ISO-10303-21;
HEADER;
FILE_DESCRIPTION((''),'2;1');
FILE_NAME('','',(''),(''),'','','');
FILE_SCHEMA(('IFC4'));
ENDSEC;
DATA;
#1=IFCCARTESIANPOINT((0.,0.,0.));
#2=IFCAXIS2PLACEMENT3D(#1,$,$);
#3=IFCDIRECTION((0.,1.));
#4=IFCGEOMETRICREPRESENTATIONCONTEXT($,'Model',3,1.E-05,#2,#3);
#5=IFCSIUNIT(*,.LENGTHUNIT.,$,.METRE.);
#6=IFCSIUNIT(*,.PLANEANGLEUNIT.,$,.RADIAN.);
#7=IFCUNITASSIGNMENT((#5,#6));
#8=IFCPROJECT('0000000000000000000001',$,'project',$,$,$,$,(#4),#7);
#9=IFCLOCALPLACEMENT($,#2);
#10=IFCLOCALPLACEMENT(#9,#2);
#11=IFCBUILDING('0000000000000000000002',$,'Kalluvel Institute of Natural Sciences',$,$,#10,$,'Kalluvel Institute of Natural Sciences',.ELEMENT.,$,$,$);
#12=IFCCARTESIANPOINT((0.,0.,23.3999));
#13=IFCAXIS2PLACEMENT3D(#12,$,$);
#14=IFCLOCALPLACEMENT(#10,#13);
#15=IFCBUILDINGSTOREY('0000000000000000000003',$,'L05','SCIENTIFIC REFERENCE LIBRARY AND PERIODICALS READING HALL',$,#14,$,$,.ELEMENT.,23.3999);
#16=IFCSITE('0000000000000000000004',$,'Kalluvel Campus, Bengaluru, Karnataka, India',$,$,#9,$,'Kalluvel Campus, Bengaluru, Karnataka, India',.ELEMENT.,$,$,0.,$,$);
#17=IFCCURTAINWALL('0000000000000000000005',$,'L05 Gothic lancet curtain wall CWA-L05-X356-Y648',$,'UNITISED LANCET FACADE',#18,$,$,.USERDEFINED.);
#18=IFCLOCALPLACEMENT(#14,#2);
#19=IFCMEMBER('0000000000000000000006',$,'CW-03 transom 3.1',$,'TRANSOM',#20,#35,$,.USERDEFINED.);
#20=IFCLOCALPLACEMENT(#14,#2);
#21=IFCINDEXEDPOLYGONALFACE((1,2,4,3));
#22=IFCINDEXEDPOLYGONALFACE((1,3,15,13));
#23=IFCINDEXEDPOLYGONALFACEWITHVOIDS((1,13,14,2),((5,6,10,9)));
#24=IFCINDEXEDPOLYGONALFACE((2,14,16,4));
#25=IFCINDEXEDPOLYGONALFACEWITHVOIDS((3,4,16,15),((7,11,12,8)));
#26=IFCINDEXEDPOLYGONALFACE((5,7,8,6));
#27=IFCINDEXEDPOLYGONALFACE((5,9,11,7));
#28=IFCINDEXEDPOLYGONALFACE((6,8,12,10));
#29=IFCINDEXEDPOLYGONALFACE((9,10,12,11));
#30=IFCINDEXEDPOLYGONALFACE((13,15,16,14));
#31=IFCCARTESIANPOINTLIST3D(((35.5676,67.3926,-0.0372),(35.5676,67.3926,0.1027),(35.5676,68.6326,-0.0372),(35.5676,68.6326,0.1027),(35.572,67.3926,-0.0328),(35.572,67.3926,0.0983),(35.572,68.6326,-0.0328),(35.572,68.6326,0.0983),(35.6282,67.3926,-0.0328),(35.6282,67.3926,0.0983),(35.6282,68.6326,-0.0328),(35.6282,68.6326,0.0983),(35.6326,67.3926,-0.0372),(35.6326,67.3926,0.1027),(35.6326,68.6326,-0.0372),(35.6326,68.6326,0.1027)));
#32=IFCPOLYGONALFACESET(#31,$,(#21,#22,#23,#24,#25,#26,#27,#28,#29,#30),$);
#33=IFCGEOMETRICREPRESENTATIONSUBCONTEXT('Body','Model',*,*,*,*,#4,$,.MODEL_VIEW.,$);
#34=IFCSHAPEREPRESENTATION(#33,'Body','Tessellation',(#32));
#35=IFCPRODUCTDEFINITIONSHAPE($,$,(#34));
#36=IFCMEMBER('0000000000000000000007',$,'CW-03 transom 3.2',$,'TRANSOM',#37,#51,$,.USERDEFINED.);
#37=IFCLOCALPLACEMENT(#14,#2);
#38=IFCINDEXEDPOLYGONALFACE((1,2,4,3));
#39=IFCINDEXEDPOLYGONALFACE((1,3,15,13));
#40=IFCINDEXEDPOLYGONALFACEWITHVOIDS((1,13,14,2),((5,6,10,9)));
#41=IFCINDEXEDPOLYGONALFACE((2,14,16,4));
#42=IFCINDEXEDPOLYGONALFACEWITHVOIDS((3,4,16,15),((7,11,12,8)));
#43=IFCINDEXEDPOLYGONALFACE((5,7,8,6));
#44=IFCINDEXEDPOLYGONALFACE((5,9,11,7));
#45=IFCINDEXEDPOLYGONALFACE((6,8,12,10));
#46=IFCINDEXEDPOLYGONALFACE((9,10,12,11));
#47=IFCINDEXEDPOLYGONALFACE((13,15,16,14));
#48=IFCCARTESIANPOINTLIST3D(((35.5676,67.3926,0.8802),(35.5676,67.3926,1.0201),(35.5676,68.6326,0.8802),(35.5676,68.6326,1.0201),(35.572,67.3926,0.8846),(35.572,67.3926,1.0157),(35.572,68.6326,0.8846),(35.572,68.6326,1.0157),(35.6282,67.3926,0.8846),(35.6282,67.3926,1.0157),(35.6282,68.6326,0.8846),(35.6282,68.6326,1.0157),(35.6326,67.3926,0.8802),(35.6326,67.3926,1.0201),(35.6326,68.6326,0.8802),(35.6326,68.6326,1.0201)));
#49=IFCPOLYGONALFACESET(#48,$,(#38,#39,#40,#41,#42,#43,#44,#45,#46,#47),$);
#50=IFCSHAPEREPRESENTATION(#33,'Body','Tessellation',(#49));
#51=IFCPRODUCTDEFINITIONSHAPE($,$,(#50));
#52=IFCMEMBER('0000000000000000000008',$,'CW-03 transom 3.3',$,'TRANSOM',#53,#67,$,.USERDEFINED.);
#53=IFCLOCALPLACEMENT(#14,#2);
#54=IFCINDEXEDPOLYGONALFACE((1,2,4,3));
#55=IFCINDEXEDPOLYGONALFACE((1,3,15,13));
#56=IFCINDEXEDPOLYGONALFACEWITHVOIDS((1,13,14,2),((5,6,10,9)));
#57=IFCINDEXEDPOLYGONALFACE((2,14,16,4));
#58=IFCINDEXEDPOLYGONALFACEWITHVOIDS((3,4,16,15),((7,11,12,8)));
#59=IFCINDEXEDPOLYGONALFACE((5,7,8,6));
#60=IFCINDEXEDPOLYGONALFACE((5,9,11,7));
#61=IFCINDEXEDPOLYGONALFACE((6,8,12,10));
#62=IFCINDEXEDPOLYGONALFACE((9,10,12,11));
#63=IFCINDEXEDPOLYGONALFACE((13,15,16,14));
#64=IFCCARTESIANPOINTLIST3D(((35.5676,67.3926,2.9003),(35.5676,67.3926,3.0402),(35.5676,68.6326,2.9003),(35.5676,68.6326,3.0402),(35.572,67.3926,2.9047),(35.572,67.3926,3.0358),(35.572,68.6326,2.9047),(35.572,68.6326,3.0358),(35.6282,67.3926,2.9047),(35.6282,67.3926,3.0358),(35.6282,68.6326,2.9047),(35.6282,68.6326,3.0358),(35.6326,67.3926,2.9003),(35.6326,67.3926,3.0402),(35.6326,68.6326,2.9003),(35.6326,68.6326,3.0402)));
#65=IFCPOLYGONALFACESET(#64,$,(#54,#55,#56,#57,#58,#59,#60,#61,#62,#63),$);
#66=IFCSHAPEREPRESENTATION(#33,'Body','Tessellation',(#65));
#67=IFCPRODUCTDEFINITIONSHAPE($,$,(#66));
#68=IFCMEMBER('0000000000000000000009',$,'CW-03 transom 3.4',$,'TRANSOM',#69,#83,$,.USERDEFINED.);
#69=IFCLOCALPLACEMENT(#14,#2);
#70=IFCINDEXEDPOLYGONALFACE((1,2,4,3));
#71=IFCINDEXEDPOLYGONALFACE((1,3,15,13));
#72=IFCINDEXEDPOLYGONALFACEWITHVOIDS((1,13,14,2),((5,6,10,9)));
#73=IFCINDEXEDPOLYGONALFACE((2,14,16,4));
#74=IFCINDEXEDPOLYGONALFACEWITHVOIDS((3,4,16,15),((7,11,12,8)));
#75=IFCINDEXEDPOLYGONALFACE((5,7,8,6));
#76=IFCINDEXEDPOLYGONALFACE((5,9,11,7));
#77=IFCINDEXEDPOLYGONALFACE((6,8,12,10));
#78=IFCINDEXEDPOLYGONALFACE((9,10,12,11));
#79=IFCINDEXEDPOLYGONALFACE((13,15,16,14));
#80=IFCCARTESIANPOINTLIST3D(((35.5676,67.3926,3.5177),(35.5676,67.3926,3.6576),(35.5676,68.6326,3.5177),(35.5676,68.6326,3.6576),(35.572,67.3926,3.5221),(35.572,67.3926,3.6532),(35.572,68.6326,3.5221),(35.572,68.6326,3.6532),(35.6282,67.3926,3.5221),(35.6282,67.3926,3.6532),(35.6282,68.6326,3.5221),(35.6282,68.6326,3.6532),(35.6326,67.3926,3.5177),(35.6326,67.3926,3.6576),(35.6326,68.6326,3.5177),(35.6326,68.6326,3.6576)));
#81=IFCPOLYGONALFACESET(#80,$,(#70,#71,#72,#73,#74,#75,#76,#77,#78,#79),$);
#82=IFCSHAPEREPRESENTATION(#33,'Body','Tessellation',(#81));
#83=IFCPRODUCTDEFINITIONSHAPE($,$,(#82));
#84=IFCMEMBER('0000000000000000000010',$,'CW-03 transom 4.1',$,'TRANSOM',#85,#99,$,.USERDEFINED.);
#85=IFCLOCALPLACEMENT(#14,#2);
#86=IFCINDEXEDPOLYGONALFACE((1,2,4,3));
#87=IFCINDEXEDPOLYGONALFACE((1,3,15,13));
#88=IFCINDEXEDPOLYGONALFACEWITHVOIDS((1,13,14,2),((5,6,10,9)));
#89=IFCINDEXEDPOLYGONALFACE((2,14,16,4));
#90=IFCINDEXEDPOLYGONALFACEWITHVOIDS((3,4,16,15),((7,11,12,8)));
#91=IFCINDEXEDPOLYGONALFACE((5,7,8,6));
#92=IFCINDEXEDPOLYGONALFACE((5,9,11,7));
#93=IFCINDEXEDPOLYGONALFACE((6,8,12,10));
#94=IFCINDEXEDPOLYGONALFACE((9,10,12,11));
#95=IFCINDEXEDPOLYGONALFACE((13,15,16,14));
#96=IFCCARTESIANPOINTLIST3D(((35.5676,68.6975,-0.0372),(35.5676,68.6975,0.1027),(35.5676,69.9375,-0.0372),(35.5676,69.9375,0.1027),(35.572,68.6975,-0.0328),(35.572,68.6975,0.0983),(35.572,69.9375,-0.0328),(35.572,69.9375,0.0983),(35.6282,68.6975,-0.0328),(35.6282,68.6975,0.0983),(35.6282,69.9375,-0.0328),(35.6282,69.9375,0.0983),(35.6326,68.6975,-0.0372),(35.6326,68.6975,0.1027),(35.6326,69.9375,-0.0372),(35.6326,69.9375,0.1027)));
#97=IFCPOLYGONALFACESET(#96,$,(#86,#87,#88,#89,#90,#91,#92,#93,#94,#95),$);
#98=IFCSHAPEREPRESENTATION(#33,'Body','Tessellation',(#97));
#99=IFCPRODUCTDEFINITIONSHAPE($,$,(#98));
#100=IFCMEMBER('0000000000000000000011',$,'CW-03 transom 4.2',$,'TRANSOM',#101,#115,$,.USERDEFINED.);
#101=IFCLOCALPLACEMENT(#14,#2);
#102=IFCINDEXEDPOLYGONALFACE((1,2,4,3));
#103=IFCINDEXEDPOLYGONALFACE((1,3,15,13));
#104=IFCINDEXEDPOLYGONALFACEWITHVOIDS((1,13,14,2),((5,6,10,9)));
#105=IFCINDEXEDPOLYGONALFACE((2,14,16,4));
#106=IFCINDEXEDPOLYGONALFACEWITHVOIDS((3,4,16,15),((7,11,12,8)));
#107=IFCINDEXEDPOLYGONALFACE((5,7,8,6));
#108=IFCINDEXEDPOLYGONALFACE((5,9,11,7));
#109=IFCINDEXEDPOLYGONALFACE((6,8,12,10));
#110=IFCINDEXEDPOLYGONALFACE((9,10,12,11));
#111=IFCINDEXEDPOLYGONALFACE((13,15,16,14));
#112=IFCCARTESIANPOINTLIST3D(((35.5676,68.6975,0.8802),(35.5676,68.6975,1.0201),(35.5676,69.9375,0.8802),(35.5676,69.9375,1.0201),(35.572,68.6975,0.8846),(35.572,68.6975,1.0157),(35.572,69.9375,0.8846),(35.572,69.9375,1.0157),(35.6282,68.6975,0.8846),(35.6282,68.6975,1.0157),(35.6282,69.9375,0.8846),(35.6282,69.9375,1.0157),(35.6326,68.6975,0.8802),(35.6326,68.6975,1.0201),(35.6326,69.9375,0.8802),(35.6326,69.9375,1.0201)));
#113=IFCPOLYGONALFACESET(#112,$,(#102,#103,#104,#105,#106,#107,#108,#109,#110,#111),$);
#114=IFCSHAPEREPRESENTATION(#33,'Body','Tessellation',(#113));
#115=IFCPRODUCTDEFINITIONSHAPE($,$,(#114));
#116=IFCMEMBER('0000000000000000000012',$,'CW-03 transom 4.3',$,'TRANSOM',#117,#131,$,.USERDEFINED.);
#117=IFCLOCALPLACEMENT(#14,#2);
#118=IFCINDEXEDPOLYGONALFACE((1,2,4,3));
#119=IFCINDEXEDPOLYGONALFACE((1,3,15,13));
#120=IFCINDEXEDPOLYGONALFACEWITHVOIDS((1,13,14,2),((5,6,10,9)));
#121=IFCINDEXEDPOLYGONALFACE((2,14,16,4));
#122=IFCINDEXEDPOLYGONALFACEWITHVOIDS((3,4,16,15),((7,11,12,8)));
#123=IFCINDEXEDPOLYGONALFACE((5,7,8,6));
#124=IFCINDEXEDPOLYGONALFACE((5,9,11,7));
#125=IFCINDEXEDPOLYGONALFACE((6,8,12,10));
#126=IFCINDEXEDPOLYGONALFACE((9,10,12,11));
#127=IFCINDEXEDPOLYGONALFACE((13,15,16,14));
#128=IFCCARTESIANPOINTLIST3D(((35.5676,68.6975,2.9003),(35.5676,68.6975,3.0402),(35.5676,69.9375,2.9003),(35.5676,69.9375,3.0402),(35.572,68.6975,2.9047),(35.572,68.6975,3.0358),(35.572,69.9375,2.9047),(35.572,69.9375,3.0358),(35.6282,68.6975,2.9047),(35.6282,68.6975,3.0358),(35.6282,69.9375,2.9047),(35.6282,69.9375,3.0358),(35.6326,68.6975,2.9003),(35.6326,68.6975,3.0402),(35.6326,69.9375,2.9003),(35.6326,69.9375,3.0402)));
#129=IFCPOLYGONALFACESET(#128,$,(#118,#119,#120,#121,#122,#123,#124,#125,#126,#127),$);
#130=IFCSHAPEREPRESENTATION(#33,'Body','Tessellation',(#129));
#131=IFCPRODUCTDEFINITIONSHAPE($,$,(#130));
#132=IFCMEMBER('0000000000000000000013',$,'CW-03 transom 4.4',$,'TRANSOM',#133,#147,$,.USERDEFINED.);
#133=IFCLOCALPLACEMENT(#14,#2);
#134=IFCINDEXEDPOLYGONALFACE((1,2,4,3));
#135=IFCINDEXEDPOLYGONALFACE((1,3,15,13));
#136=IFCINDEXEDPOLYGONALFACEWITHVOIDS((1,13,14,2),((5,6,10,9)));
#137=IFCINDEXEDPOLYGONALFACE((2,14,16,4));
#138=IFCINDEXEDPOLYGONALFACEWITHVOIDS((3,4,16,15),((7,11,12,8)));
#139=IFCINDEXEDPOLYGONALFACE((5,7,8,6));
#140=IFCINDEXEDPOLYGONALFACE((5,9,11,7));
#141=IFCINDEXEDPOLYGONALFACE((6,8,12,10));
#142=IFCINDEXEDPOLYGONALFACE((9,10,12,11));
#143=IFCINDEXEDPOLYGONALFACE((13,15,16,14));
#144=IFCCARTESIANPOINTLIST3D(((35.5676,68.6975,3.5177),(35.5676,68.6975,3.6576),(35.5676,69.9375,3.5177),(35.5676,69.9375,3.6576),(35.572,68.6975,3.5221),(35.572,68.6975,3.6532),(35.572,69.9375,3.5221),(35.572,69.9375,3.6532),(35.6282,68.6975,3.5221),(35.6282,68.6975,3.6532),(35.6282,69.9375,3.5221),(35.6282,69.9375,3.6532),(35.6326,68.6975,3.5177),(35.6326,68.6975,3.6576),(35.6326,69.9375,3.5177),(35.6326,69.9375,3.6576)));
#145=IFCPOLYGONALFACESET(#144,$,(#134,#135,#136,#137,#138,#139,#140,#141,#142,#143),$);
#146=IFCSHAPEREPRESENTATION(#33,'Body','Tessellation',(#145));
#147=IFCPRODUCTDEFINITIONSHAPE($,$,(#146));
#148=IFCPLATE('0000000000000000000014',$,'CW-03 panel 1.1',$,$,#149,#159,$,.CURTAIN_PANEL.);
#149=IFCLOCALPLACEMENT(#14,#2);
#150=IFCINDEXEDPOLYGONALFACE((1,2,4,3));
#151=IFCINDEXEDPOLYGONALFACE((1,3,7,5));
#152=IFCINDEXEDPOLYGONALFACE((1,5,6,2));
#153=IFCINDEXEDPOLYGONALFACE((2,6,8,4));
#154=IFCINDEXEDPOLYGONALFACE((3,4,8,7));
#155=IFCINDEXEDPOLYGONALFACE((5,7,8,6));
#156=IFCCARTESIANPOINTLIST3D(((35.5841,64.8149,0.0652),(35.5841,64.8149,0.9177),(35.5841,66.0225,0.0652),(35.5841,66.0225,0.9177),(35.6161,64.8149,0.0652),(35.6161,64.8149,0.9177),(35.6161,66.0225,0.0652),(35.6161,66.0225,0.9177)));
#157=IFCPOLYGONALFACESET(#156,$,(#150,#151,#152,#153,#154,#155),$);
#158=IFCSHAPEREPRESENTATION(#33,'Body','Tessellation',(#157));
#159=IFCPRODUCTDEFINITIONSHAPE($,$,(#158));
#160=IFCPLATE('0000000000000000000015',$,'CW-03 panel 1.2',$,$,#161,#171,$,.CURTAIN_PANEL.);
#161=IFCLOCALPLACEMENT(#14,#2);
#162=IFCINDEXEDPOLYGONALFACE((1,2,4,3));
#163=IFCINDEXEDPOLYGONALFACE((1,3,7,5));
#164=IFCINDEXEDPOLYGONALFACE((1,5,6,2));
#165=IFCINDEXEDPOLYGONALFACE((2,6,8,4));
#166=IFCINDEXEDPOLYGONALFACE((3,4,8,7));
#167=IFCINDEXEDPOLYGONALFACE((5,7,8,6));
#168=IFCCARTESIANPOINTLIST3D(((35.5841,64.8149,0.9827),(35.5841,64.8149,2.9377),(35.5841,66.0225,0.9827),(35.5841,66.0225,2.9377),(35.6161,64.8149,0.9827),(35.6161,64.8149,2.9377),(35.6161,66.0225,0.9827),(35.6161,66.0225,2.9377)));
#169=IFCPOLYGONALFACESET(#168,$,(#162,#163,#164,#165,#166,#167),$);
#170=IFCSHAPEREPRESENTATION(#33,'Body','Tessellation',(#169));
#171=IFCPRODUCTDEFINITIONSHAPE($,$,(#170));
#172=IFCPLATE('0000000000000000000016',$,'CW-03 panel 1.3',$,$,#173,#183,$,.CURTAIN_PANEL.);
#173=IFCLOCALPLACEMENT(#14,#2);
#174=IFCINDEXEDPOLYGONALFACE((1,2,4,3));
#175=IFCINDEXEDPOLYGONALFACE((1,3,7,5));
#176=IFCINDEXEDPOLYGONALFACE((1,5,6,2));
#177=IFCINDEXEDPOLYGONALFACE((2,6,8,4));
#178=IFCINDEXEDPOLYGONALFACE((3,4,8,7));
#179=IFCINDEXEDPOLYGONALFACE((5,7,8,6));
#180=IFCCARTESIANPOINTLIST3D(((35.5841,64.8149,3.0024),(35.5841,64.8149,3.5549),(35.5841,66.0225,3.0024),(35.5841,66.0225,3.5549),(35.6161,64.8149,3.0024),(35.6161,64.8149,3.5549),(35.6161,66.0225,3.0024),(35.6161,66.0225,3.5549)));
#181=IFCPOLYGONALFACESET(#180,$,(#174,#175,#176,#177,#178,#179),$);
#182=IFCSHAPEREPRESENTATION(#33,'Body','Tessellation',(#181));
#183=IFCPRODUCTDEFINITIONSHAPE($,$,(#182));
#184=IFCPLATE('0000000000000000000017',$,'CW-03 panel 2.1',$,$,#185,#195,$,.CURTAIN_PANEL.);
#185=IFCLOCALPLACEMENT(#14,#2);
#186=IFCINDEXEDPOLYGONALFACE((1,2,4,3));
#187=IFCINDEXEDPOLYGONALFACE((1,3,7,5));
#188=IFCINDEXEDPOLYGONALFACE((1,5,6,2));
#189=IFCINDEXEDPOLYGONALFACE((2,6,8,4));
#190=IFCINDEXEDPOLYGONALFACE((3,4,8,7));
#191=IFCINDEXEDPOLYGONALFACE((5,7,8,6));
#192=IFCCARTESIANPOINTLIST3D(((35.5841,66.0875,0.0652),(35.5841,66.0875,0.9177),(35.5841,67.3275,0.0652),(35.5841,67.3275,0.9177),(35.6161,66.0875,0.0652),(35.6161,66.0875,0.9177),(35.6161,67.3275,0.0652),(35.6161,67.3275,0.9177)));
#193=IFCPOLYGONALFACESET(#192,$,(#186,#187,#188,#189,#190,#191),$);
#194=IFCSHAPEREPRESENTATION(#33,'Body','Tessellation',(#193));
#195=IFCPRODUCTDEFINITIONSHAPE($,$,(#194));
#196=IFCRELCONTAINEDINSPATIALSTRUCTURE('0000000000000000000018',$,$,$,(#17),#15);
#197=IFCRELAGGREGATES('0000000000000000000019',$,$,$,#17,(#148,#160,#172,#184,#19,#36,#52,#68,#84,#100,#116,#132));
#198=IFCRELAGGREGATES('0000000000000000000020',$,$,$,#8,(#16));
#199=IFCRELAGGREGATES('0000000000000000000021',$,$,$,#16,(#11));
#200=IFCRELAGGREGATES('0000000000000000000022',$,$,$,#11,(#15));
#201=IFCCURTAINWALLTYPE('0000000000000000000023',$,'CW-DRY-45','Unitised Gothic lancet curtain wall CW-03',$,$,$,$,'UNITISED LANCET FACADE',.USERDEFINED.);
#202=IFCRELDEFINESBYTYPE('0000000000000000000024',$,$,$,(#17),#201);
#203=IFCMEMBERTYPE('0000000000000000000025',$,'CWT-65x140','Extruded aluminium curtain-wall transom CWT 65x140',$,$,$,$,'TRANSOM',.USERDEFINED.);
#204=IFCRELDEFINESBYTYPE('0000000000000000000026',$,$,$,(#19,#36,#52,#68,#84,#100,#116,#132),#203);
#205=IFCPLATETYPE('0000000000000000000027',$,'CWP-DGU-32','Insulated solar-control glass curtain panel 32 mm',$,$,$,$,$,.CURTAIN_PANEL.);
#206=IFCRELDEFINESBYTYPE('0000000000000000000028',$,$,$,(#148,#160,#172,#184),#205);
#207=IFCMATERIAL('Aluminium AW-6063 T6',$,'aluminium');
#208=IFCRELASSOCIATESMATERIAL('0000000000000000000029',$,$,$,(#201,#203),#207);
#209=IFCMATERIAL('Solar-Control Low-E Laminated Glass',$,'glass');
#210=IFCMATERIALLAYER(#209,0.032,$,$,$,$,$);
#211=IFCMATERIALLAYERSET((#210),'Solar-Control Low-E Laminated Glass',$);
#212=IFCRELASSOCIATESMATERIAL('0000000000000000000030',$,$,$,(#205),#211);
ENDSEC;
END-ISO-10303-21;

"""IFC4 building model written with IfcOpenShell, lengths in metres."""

from ifc_helpers import new_model, si_unit, direction, frame, origin, origin_2d, place, context, subcontext, project, spatial, rectangle, hollow_rectangle, extrude, material, layer, layer_set, material_profile, profile_set, type_object, element, aggregate, save


model = new_model("IFC4")

# Units and contexts
model_context = context("Model", 3, precision=1e-05, world=origin(), true_north=direction((0.0, 1.0)))
body_context = subcontext(model_context, "Body", "Model", "MODEL_VIEW")
ifc_project = project(units=[si_unit("LENGTHUNIT", "METRE"), si_unit("PLANEANGLEUNIT", "RADIAN")], contexts=[model_context])

# Site, building, storey
site_placement = place(None, origin())
site = spatial("IfcSite", under=ifc_project, at=site_placement, Name="Kalluvel Campus, Bengaluru, Karnataka, India", LongName="Kalluvel Campus, Bengaluru, Karnataka, India", CompositionType="ELEMENT", RefElevation=0.0)
building_placement = place(site_placement, origin())
building = spatial("IfcBuilding", under=site, at=building_placement, Name="Kalluvel Institute of Natural Sciences", LongName="Kalluvel Institute of Natural Sciences", CompositionType="ELEMENT")
storey_placement = place(building_placement, frame((0.0, 0.0, 23.3999)))
storey = spatial("IfcBuildingStorey", under=building, at=storey_placement, Name="L05", Description="SCIENTIFIC REFERENCE LIBRARY AND PERIODICALS READING HALL", CompositionType="ELEMENT", Elevation=23.3999)

# Curtain wall, members, plates
ifc_material_1 = material(Name="Aluminium AW-6063 T6", Category="aluminium")
curtain_wall_type = type_object("IfcCurtainWallType", Name="CW-DRY-45", Description="Unitised Gothic lancet curtain wall CW-03", ElementType="UNITISED LANCET FACADE", PredefinedType="USERDEFINED", material=ifc_material_1)
curtain_wall_placement = place(storey_placement, origin())
curtain_wall = element("IfcCurtainWall", 1, at=curtain_wall_placement, inside=storey, type_object=curtain_wall_type, Name="L05 Gothic lancet curtain wall CWA-L05-X356-Y648", ObjectType="UNITISED LANCET FACADE", PredefinedType="USERDEFINED")
ifc_material_profile_1 = material_profile(ifc_material_1, hollow_rectangle(XDim=0.0649, YDim=0.1399, WallThickness=0.0044, at=origin_2d()), Name="CWT 65x140")
ifc_profile_set_1 = profile_set([ifc_material_profile_1], Name="Aluminium AW-6063 T6")
member_type_1 = type_object("IfcMemberType", Name="CWT-65x140", Description="Extruded aluminium curtain-wall transom CWT 65x140", ElementType="TRANSOM", PredefinedType="USERDEFINED", material=ifc_profile_set_1)
member_1_placement = place(storey_placement, frame((35.6001, 67.3926, 0.0327), z_axis=(0.0, 1.0, 0.0), x_axis=(-1.0, 0.0, 0.0)))
member_1 = element("IfcMember", 2, at=member_1_placement, type_object=member_type_1, Name="CW-03 transom 3.1", ObjectType="TRANSOM", PredefinedType="USERDEFINED", context=body_context, shape_type="SweptSolid", body=[
    extrude(hollow_rectangle(XDim=0.0649, YDim=0.1399, WallThickness=0.0044, at=origin_2d()), origin(), (0.0, 0.0, 1.0), 1.24),
])
member_2_placement = place(storey_placement, frame((35.6001, 67.3926, 0.9502), z_axis=(0.0, 1.0, 0.0), x_axis=(-1.0, 0.0, 0.0)))
member_2 = element("IfcMember", 3, at=member_2_placement, type_object=member_type_1, Name="CW-03 transom 3.2", ObjectType="TRANSOM", PredefinedType="USERDEFINED", context=body_context, shape_type="SweptSolid", body=[
    extrude(hollow_rectangle(XDim=0.0649, YDim=0.1399, WallThickness=0.0044, at=origin_2d()), origin(), (0.0, 0.0, 1.0), 1.24),
])
member_3_placement = place(storey_placement, frame((35.6001, 67.3926, 2.9702), z_axis=(0.0, 1.0, 0.0), x_axis=(-1.0, 0.0, 0.0)))
member_3 = element("IfcMember", 4, at=member_3_placement, type_object=member_type_1, Name="CW-03 transom 3.3", ObjectType="TRANSOM", PredefinedType="USERDEFINED", context=body_context, shape_type="SweptSolid", body=[
    extrude(hollow_rectangle(XDim=0.0649, YDim=0.1399, WallThickness=0.0044, at=origin_2d()), origin(), (0.0, 0.0, 1.0), 1.24),
])
member_4_placement = place(storey_placement, frame((35.6001, 67.3926, 3.5876), z_axis=(0.0, 1.0, 0.0), x_axis=(-1.0, 0.0, 0.0)))
member_4 = element("IfcMember", 5, at=member_4_placement, type_object=member_type_1, Name="CW-03 transom 3.4", ObjectType="TRANSOM", PredefinedType="USERDEFINED", context=body_context, shape_type="SweptSolid", body=[
    extrude(hollow_rectangle(XDim=0.0649, YDim=0.1399, WallThickness=0.0044, at=origin_2d()), origin(), (0.0, 0.0, 1.0), 1.24),
])
member_5_placement = place(storey_placement, frame((35.6001, 68.6975, 0.0327), z_axis=(0.0, 1.0, 0.0), x_axis=(-1.0, 0.0, 0.0)))
member_5 = element("IfcMember", 6, at=member_5_placement, type_object=member_type_1, Name="CW-03 transom 4.1", ObjectType="TRANSOM", PredefinedType="USERDEFINED", context=body_context, shape_type="SweptSolid", body=[
    extrude(hollow_rectangle(XDim=0.0649, YDim=0.1399, WallThickness=0.0044, at=origin_2d()), origin(), (0.0, 0.0, 1.0), 1.24),
])
member_6_placement = place(storey_placement, frame((35.6001, 68.6975, 0.9502), z_axis=(0.0, 1.0, 0.0), x_axis=(-1.0, 0.0, 0.0)))
member_6 = element("IfcMember", 7, at=member_6_placement, type_object=member_type_1, Name="CW-03 transom 4.2", ObjectType="TRANSOM", PredefinedType="USERDEFINED", context=body_context, shape_type="SweptSolid", body=[
    extrude(hollow_rectangle(XDim=0.0649, YDim=0.1399, WallThickness=0.0044, at=origin_2d()), origin(), (0.0, 0.0, 1.0), 1.24),
])
member_7_placement = place(storey_placement, frame((35.6001, 68.6975, 2.9702), z_axis=(0.0, 1.0, 0.0), x_axis=(-1.0, 0.0, 0.0)))
member_7 = element("IfcMember", 8, at=member_7_placement, type_object=member_type_1, Name="CW-03 transom 4.3", ObjectType="TRANSOM", PredefinedType="USERDEFINED", context=body_context, shape_type="SweptSolid", body=[
    extrude(hollow_rectangle(XDim=0.0649, YDim=0.1399, WallThickness=0.0044, at=origin_2d()), origin(), (0.0, 0.0, 1.0), 1.24),
])
member_8_placement = place(storey_placement, frame((35.6001, 68.6975, 3.5876), z_axis=(0.0, 1.0, 0.0), x_axis=(-1.0, 0.0, 0.0)))
member_8 = element("IfcMember", 9, at=member_8_placement, type_object=member_type_1, Name="CW-03 transom 4.4", ObjectType="TRANSOM", PredefinedType="USERDEFINED", context=body_context, shape_type="SweptSolid", body=[
    extrude(hollow_rectangle(XDim=0.0649, YDim=0.1399, WallThickness=0.0044, at=origin_2d()), origin(), (0.0, 0.0, 1.0), 1.24),
])
ifc_material_2 = material(Name="Solar-Control Low-E Laminated Glass", Category="glass")
ifc_layer = layer(ifc_material_2, 0.032)
ifc_layer_set = layer_set([ifc_layer], Name="Solar-Control Low-E Laminated Glass")
plate_type = type_object("IfcPlateType", Name="CWP-DGU-32", Description="Insulated solar-control glass curtain panel 32 mm", PredefinedType="CURTAIN_PANEL", material=ifc_layer_set)
plate_1_placement = place(storey_placement, frame((35.6001, 65.4187, 0.0652), z_axis=(0.0, 0.0, 1.0), x_axis=(0.0, 1.0, 0.0)))
plate_1 = element("IfcPlate", 10, at=plate_1_placement, type_object=plate_type, Name="CW-03 panel 1.1", PredefinedType="CURTAIN_PANEL", context=body_context, shape_type="SweptSolid", body=[
    extrude(rectangle(XDim=1.2075, YDim=0.032, at=origin_2d()), origin(), (0.0, 0.0, 1.0), 0.8525),
])
plate_2_placement = place(storey_placement, frame((35.6001, 65.4187, 0.9827), z_axis=(0.0, 0.0, 1.0), x_axis=(0.0, 1.0, 0.0)))
plate_2 = element("IfcPlate", 11, at=plate_2_placement, type_object=plate_type, Name="CW-03 panel 1.2", PredefinedType="CURTAIN_PANEL", context=body_context, shape_type="SweptSolid", body=[
    extrude(rectangle(XDim=1.2075, YDim=0.032, at=origin_2d()), origin(), (0.0, 0.0, 1.0), 1.9551),
])
plate_3_placement = place(storey_placement, frame((35.6001, 65.4187, 3.0024), z_axis=(0.0, 0.0, 1.0), x_axis=(0.0, 1.0, 0.0)))
plate_3 = element("IfcPlate", 12, at=plate_3_placement, type_object=plate_type, Name="CW-03 panel 1.3", PredefinedType="CURTAIN_PANEL", context=body_context, shape_type="SweptSolid", body=[
    extrude(rectangle(XDim=1.2075, YDim=0.032, at=origin_2d()), origin(), (0.0, 0.0, 1.0), 0.5525),
])
plate_4_placement = place(storey_placement, frame((35.6001, 66.7075, 0.0652), z_axis=(0.0, 0.0, 1.0), x_axis=(0.0, 1.0, 0.0)))
plate_4 = element("IfcPlate", 13, at=plate_4_placement, type_object=plate_type, Name="CW-03 panel 2.1", PredefinedType="CURTAIN_PANEL", context=body_context, shape_type="SweptSolid", body=[
    extrude(rectangle(XDim=1.24, YDim=0.032, at=origin_2d()), origin(), (0.0, 0.0, 1.0), 0.8525),
])
aggregate(curtain_wall, [plate_1, plate_2, plate_3, plate_4, member_1, member_2, member_3, member_4, member_5, member_6, member_7, member_8])

save(model, "model.ifc")
